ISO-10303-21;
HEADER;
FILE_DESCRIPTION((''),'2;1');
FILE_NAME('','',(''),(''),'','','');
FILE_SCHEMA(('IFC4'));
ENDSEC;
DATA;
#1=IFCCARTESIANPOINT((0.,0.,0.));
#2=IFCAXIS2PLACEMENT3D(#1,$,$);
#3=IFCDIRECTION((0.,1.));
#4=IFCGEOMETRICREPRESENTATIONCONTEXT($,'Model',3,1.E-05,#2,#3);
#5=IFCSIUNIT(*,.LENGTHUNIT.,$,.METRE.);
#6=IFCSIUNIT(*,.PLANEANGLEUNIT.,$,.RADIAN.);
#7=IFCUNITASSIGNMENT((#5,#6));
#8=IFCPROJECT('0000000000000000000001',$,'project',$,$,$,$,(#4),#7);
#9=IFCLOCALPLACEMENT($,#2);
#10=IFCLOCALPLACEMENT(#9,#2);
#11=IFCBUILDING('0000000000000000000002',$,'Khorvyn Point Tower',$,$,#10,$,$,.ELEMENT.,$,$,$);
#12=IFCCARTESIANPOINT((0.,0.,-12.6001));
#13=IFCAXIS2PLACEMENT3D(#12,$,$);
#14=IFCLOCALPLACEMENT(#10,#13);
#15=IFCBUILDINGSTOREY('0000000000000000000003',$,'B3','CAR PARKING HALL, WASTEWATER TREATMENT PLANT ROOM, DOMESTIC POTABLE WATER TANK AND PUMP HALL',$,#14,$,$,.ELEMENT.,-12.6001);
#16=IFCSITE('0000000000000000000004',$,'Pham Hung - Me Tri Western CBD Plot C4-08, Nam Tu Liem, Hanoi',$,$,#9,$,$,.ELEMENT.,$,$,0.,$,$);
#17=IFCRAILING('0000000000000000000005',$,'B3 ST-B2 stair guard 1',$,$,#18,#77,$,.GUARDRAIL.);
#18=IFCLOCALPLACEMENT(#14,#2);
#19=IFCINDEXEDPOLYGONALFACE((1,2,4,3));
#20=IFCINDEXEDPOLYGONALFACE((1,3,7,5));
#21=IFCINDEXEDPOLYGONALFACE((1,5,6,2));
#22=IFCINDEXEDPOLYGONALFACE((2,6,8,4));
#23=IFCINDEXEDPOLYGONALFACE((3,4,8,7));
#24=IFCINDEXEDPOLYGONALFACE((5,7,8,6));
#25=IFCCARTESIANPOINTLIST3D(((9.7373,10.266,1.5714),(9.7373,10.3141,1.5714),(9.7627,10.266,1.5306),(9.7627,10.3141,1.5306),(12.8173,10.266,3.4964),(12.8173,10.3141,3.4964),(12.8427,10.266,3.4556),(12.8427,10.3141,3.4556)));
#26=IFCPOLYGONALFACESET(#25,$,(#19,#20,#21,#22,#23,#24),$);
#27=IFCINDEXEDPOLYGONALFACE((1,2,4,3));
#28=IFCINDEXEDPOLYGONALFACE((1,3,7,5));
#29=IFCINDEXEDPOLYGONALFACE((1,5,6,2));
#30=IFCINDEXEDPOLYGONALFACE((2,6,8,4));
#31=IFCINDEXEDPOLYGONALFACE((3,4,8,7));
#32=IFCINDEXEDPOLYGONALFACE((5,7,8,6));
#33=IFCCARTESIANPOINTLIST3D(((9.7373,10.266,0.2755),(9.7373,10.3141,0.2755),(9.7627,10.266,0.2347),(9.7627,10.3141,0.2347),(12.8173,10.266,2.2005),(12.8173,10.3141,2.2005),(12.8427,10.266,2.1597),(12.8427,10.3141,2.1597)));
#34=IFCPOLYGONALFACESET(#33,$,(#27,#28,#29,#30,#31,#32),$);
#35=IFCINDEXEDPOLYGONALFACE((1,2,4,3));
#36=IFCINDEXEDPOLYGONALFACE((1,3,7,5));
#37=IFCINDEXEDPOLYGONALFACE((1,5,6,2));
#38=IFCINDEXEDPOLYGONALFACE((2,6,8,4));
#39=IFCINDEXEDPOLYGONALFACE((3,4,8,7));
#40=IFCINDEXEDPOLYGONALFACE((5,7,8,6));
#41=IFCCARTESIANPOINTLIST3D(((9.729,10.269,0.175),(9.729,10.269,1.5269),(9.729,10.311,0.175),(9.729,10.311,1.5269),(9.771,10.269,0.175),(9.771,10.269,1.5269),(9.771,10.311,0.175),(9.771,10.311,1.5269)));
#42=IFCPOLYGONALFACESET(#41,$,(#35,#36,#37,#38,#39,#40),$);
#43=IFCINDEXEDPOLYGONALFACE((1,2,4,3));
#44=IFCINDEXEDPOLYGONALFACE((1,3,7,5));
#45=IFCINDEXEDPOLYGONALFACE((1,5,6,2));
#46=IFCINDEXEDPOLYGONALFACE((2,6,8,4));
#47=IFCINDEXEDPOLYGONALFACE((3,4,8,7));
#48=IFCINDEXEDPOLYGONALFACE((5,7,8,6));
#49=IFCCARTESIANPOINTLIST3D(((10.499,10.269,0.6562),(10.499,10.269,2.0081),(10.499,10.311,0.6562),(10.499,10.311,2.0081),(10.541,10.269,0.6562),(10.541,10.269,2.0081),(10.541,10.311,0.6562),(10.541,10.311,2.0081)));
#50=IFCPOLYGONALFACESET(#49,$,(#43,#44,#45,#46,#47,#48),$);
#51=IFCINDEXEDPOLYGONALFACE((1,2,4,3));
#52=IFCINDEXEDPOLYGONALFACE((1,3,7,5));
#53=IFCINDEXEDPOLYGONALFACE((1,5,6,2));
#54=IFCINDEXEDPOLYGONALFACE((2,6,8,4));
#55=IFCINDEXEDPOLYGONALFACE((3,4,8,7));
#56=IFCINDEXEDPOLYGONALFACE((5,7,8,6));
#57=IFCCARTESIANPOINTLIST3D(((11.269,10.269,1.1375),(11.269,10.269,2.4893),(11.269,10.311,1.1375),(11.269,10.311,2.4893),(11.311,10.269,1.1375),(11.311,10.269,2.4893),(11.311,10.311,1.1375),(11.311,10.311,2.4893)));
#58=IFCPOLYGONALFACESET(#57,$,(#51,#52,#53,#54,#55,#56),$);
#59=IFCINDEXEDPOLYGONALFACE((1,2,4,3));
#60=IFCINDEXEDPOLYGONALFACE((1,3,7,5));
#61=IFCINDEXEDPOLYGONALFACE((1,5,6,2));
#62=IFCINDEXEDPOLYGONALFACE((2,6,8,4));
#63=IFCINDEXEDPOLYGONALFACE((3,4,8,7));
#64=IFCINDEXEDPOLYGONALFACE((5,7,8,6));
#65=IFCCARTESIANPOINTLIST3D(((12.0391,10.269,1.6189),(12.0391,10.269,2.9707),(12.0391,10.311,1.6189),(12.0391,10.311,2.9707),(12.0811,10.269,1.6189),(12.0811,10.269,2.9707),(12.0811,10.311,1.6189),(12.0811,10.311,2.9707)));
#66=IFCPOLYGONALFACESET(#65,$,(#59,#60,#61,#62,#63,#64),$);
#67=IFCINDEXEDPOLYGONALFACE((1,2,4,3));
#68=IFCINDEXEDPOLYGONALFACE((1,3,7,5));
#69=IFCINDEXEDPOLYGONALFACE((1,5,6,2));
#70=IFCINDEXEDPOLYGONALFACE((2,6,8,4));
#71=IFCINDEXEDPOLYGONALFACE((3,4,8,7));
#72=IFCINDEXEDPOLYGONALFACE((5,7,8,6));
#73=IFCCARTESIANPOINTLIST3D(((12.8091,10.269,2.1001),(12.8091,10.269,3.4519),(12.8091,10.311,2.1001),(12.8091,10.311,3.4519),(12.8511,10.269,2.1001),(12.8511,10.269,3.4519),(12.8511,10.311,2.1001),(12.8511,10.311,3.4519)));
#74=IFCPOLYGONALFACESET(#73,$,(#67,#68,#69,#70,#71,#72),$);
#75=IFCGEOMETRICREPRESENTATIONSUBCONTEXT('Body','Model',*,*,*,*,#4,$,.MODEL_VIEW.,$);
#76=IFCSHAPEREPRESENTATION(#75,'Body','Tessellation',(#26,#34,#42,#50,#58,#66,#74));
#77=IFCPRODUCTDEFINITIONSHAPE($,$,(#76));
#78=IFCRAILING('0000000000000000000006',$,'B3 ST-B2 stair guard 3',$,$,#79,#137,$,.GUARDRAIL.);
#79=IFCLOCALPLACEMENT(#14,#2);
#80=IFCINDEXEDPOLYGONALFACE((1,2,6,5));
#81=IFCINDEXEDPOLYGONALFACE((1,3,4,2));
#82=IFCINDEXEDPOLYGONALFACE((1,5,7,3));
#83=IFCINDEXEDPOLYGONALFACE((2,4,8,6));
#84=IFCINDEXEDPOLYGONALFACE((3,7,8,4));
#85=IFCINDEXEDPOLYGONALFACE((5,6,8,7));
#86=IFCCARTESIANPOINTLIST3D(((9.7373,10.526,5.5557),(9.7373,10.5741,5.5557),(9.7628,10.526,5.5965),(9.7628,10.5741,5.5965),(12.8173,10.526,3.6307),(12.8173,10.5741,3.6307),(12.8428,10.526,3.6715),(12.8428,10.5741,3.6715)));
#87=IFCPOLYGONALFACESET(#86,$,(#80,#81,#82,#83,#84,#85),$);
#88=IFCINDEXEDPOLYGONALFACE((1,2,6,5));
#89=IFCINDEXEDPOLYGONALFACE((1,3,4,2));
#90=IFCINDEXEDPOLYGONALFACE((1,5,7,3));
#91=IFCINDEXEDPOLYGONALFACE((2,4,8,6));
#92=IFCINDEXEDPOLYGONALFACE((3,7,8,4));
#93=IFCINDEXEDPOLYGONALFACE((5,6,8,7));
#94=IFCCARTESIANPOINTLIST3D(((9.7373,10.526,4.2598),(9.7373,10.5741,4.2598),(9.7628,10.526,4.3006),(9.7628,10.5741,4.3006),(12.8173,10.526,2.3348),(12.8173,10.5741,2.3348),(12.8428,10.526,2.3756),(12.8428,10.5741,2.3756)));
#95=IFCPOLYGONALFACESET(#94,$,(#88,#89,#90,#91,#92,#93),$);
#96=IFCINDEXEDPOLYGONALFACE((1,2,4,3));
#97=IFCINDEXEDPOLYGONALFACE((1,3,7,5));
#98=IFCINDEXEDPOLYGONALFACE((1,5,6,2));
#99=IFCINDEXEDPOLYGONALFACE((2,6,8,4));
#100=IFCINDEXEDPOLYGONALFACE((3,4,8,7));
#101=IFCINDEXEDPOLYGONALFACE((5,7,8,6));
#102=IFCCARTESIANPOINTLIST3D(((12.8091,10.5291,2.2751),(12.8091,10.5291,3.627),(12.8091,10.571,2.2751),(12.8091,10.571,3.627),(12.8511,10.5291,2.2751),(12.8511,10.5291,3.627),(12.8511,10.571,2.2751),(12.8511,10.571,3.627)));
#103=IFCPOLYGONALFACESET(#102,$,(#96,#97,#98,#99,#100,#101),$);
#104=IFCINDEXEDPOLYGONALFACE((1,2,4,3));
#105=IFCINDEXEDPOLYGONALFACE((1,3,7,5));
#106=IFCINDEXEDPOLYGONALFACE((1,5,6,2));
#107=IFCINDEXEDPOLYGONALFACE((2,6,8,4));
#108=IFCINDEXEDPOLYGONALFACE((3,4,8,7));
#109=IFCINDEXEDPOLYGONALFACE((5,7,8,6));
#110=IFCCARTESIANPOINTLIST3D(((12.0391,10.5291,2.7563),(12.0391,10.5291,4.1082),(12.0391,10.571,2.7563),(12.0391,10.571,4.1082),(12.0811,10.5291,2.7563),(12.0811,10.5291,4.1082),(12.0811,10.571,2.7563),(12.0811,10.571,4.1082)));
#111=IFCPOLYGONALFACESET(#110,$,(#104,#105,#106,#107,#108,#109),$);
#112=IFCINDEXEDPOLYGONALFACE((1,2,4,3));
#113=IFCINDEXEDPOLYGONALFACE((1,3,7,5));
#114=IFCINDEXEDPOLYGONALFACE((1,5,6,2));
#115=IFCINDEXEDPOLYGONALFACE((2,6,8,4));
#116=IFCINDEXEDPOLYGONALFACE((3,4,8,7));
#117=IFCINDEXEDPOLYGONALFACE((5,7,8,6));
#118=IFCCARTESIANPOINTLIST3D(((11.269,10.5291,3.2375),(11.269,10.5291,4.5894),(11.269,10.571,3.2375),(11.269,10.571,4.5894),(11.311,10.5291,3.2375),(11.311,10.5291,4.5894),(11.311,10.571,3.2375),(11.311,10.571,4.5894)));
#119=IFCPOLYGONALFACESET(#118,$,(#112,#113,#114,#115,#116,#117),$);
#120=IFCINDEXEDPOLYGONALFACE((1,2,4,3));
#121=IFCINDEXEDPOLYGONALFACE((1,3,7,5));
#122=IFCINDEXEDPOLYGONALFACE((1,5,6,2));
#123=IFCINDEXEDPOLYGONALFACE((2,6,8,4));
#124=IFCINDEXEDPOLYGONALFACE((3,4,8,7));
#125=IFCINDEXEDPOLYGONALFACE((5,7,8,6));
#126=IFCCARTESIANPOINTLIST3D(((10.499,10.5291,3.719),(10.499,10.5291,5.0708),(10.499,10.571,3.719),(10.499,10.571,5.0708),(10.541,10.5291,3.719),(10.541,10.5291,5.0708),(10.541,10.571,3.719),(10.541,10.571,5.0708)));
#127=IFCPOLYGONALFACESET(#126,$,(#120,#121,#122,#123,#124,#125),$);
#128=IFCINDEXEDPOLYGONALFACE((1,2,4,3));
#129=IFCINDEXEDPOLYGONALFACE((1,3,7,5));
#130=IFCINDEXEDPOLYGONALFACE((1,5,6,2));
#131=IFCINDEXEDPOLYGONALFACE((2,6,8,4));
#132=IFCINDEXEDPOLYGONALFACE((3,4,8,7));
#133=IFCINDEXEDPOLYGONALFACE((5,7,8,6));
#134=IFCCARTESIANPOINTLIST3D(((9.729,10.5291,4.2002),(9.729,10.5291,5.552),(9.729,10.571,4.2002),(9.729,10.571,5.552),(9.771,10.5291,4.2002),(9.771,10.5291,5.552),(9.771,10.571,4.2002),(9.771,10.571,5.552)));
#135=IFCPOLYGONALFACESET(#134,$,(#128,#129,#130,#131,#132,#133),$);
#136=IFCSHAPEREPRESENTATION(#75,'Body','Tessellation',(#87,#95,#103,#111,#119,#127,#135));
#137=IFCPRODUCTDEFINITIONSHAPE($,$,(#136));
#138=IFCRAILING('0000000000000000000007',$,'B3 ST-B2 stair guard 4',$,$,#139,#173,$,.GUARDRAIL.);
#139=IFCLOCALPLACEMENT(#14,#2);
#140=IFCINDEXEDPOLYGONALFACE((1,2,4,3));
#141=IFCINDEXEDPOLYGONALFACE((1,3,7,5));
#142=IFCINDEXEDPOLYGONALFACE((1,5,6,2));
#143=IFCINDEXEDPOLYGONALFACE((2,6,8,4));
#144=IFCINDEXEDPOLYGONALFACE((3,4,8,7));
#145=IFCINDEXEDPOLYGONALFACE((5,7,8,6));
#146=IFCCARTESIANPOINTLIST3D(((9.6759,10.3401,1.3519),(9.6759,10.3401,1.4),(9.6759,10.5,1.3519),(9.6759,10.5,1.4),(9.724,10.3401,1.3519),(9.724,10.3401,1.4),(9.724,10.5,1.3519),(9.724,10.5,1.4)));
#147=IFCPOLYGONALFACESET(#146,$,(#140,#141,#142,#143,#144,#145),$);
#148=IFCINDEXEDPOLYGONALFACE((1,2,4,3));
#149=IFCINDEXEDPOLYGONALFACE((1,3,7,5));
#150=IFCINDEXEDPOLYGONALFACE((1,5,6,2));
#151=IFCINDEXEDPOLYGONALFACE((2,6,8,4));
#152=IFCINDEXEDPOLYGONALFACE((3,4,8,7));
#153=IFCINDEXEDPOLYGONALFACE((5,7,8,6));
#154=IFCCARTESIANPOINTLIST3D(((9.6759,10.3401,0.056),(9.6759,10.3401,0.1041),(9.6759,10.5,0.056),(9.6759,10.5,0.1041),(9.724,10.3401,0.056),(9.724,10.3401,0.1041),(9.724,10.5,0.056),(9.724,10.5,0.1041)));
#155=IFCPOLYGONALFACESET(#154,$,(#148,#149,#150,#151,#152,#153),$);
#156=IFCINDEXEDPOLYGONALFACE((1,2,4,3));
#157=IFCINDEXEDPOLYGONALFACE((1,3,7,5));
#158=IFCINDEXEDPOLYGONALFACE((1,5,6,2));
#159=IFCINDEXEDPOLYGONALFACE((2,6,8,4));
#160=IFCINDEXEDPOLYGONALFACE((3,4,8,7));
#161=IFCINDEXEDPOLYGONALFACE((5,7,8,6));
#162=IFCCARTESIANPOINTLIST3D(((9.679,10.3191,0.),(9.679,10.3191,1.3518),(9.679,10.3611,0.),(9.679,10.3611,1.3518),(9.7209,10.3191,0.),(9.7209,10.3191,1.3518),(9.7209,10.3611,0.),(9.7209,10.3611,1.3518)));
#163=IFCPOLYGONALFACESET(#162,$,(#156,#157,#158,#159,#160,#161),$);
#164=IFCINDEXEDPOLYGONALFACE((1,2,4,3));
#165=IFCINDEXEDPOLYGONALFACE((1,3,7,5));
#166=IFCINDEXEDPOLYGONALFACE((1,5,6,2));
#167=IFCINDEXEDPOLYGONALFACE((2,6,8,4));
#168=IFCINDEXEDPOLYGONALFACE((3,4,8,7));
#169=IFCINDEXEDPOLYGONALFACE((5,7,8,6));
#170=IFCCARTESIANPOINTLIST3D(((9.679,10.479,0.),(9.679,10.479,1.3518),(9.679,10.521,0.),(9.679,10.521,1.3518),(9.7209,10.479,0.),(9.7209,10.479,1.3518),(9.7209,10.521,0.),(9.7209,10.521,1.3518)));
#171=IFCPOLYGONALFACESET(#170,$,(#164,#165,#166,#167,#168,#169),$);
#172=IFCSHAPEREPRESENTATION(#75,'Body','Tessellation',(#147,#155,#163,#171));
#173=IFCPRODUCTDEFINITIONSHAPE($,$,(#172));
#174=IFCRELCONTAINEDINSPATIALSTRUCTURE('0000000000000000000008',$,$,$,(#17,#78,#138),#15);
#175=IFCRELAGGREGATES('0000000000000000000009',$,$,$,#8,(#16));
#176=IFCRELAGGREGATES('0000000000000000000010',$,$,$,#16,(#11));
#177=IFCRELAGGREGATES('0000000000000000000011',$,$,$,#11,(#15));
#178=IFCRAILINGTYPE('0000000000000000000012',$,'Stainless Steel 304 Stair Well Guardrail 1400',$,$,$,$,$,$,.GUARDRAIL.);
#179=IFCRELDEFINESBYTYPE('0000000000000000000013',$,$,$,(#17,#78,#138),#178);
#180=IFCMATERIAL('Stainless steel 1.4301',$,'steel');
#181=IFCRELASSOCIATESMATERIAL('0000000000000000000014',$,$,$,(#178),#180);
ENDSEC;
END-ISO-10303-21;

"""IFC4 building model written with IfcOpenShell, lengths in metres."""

from ifc_helpers import new_model, si_unit, direction, frame, origin, origin_2d, place, context, subcontext, project, spatial, rectangle, extrude, material, type_object, element, save


model = new_model("IFC4")

# Units and contexts
model_context = context("Model", 3, precision=1e-05, world=origin(), true_north=direction((0.0, 1.0)))
body_context = subcontext(model_context, "Body", "Model", "MODEL_VIEW")
ifc_project = project(units=[si_unit("LENGTHUNIT", "METRE"), si_unit("PLANEANGLEUNIT", "RADIAN")], contexts=[model_context])

# Site, building, storey
site_placement = place(None, origin())
site = spatial("IfcSite", under=ifc_project, at=site_placement, Name="Pham Hung - Me Tri Western CBD Plot C4-08, Nam Tu Liem, Hanoi", CompositionType="ELEMENT", RefElevation=0.0)
building_placement = place(site_placement, origin())
building = spatial("IfcBuilding", under=site, at=building_placement, Name="Khorvyn Point Tower", CompositionType="ELEMENT")
storey_placement = place(building_placement, frame((0.0, 0.0, -12.6001)))
storey = spatial("IfcBuildingStorey", under=building, at=storey_placement, Name="B3", Description="CAR PARKING HALL, WASTEWATER TREATMENT PLANT ROOM, DOMESTIC POTABLE WATER TANK AND PUMP HALL", CompositionType="ELEMENT", Elevation=-12.6001)

# Railings
ifc_material_1 = material(Name="Stainless steel 1.4301", Category="steel")
railing_type_1 = type_object("IfcRailingType", Name="Stainless Steel 304 Stair Well Guardrail 1400", PredefinedType="GUARDRAIL", material=ifc_material_1)
railing_1_placement = place(storey_placement, frame((9.75, 10.29, 0.175)))
element("IfcRailing", 1, at=railing_1_placement, inside=storey, type_object=railing_type_1, Name="B3 ST-B2 stair guard 1", PredefinedType="GUARDRAIL", context=body_context, shape_type="SweptSolid", body=[
    extrude(rectangle(XDim=0.0481, YDim=0.0481, at=origin_2d()), frame((0.0, 0.0, 1.376), z_axis=(0.847998, 0.0, 0.529999), x_axis=(0.0, 1.0, 0.0)), (0.0, 0.0, 1.0), 3.6321),
    extrude(rectangle(XDim=0.0481, YDim=0.0481, at=origin_2d()), frame((0.0, 0.0, 0.0801), z_axis=(0.847998, 0.0, 0.529999), x_axis=(0.0, 1.0, 0.0)), (0.0, 0.0, 1.0), 3.6321),
    extrude(rectangle(XDim=0.042, YDim=0.042, at=origin_2d()), origin(), (0.0, 0.0, 1.0), 1.3518),
    extrude(rectangle(XDim=0.042, YDim=0.042, at=origin_2d()), frame((0.77, 0.0, 0.4812)), (0.0, 0.0, 1.0), 1.3518),
    extrude(rectangle(XDim=0.042, YDim=0.042, at=origin_2d()), frame((1.54, 0.0, 0.9624)), (0.0, 0.0, 1.0), 1.3518),
    extrude(rectangle(XDim=0.042, YDim=0.042, at=origin_2d()), frame((2.3101, 0.0, 1.4438)), (0.0, 0.0, 1.0), 1.3518),
    extrude(rectangle(XDim=0.042, YDim=0.042, at=origin_2d()), frame((3.0801, 0.0, 1.925)), (0.0, 0.0, 1.0), 1.3518),
])
railing_2_placement = place(storey_placement, frame((12.8301, 10.55, 2.2751)))
element("IfcRailing", 2, at=railing_2_placement, inside=storey, type_object=railing_type_1, Name="B3 ST-B2 stair guard 3", PredefinedType="GUARDRAIL", context=body_context, shape_type="SweptSolid", body=[
    extrude(rectangle(XDim=0.0481, YDim=0.0481, at=origin_2d()), frame((0.0, 0.0, 1.376), z_axis=(-0.847998, 0.0, 0.529999), x_axis=(0.0, -1.0, 0.0)), (0.0, 0.0, 1.0), 3.6321),
    extrude(rectangle(XDim=0.0481, YDim=0.0481, at=origin_2d()), frame((0.0, 0.0, 0.0801), z_axis=(-0.847998, 0.0, 0.529999), x_axis=(0.0, -1.0, 0.0)), (0.0, 0.0, 1.0), 3.6321),
    extrude(rectangle(XDim=0.042, YDim=0.042, at=origin_2d()), origin(), (0.0, 0.0, 1.0), 1.3518),
    extrude(rectangle(XDim=0.042, YDim=0.042, at=origin_2d()), frame((-0.77, 0.0, 0.4812)), (0.0, 0.0, 1.0), 1.3518),
    extrude(rectangle(XDim=0.042, YDim=0.042, at=origin_2d()), frame((-1.54, 0.0, 0.9624)), (0.0, 0.0, 1.0), 1.3518),
    extrude(rectangle(XDim=0.042, YDim=0.042, at=origin_2d()), frame((-2.3101, 0.0, 1.4438)), (0.0, 0.0, 1.0), 1.3518),
    extrude(rectangle(XDim=0.042, YDim=0.042, at=origin_2d()), frame((-3.0801, 0.0, 1.925)), (0.0, 0.0, 1.0), 1.3518),
])
railing_3_placement = place(storey_placement, frame((9.7, 10.3401, 0.0)))
element("IfcRailing", 3, at=railing_3_placement, inside=storey, type_object=railing_type_1, Name="B3 ST-B2 stair guard 4", PredefinedType="GUARDRAIL", context=body_context, shape_type="SweptSolid", body=[
    extrude(rectangle(XDim=0.0481, YDim=0.0481, at=origin_2d()), frame((0.0, 0.0, 1.376), z_axis=(0.0, 1.0, 0.0), x_axis=(-1.0, 0.0, 0.0)), (0.0, 0.0, 1.0), 0.1599),
    extrude(rectangle(XDim=0.0481, YDim=0.0481, at=origin_2d()), frame((0.0, 0.0, 0.0801), z_axis=(0.0, 1.0, 0.0), x_axis=(-1.0, 0.0, 0.0)), (0.0, 0.0, 1.0), 0.1599),
    extrude(rectangle(XDim=0.042, YDim=0.042, at=origin_2d()), origin(), (0.0, 0.0, 1.0), 1.3518),
    extrude(rectangle(XDim=0.042, YDim=0.042, at=origin_2d()), frame((0.0, 0.1599, 0.0)), (0.0, 0.0, 1.0), 1.3518),
])

save(model, "model.ifc")
